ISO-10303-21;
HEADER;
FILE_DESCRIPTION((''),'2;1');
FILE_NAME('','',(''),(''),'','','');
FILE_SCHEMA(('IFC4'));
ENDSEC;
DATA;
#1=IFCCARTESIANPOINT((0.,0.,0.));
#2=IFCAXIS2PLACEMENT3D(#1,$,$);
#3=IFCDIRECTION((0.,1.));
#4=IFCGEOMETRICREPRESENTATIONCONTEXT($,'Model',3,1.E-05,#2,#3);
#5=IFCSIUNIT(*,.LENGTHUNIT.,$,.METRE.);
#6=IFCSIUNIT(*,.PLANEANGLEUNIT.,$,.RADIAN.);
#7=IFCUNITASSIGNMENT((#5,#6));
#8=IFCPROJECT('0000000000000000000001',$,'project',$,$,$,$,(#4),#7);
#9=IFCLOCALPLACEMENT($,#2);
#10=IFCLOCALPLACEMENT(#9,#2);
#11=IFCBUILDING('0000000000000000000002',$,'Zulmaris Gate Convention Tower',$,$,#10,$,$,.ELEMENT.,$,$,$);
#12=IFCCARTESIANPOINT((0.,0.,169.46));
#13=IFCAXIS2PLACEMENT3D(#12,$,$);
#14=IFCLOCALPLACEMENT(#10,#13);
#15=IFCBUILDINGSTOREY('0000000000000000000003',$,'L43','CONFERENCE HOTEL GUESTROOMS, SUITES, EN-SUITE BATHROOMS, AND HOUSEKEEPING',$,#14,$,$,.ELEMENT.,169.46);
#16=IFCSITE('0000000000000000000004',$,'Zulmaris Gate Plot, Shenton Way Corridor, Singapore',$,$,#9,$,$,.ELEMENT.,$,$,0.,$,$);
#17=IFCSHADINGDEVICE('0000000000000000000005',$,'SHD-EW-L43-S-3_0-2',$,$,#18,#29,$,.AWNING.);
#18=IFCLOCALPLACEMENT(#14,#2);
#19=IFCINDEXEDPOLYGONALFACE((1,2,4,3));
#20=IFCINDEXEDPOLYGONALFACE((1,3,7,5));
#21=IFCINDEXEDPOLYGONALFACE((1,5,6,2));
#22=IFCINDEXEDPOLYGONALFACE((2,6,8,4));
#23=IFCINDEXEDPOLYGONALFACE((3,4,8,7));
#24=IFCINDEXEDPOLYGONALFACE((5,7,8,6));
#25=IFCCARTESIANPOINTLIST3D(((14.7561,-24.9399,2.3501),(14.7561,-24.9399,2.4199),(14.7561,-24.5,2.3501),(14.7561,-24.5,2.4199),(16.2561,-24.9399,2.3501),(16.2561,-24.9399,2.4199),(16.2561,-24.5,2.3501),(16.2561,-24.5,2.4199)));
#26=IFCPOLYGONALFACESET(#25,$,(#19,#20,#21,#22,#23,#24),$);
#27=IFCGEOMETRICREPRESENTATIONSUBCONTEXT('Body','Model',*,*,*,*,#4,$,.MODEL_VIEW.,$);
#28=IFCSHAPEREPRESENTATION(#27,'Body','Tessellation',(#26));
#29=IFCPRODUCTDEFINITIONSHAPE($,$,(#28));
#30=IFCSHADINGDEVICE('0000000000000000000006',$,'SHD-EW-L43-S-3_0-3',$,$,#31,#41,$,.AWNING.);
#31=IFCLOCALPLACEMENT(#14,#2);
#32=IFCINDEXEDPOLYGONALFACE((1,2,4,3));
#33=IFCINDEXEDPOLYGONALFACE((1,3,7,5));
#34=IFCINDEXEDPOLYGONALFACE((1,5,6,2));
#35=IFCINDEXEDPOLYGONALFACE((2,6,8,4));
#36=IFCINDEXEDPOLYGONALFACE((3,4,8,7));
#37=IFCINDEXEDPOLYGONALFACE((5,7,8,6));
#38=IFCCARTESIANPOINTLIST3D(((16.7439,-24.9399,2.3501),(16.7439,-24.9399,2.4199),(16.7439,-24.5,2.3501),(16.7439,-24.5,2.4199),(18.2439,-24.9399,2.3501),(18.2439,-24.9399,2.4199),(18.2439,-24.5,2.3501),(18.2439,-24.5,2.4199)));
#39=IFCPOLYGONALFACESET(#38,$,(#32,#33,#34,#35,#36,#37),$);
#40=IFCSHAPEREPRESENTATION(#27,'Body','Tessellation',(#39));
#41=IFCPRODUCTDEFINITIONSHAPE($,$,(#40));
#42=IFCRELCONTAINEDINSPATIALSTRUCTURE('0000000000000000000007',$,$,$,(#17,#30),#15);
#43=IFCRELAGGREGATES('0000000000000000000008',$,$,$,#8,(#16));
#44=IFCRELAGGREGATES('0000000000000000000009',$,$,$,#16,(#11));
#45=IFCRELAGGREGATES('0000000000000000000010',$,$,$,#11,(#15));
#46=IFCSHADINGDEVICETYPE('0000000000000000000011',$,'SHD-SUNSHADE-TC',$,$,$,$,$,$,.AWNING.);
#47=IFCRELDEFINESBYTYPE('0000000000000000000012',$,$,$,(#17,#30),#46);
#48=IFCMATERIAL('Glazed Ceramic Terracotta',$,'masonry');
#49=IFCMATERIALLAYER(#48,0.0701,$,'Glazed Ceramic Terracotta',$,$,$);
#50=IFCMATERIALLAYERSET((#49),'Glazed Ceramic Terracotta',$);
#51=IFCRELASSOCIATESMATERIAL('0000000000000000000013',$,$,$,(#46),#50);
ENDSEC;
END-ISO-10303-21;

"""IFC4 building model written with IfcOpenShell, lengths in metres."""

from ifc_helpers import new_model, si_unit, direction, frame, frame_2d, origin, place, context, subcontext, project, spatial, rectangle, extrude, material, layer, layer_set, type_object, element, save


model = new_model("IFC4")

# Units and contexts
model_context = context("Model", 3, precision=1e-05, world=origin(), true_north=direction((0.0, 1.0)))
body_context = subcontext(model_context, "Body", "Model", "MODEL_VIEW")
ifc_project = project(units=[si_unit("LENGTHUNIT", "METRE"), si_unit("PLANEANGLEUNIT", "RADIAN")], contexts=[model_context])

# Site, building, storey
site_placement = place(None, origin())
site = spatial("IfcSite", under=ifc_project, at=site_placement, Name="Zulmaris Gate Plot, Shenton Way Corridor, Singapore", CompositionType="ELEMENT", RefElevation=0.0)
building_placement = place(site_placement, origin())
building = spatial("IfcBuilding", under=site, at=building_placement, Name="Zulmaris Gate Convention Tower", CompositionType="ELEMENT")
storey_placement = place(building_placement, frame((0.0, 0.0, 169.46)))
storey = spatial("IfcBuildingStorey", under=building, at=storey_placement, Name="L43", Description="CONFERENCE HOTEL GUESTROOMS, SUITES, EN-SUITE BATHROOMS, AND HOUSEKEEPING", CompositionType="ELEMENT", Elevation=169.46)

# Shading devices
ifc_material_1 = material(Name="Glazed Ceramic Terracotta", Category="masonry")
ifc_layer_1 = layer(ifc_material_1, 0.0701, Name="Glazed Ceramic Terracotta")
ifc_layer_set_1 = layer_set([ifc_layer_1], Name="Glazed Ceramic Terracotta")
shading_device_type = type_object("IfcShadingDeviceType", Name="SHD-SUNSHADE-TC", PredefinedType="AWNING", material=ifc_layer_set_1)
for number, where, z_axis, x_axis, name in (
    (1, (14.7561, -24.72, 2.3501), (0.0, 0.0, 1.0), (1.0, 0.0, 0.0), "SHD-EW-L43-S-3_0-2"),
    (2, (16.7439, -24.72, 2.3501), (0.0, 0.0, 1.0), (1.0, 0.0, 0.0), "SHD-EW-L43-S-3_0-3"),
):
    element("IfcShadingDevice", number, at=place(storey_placement, frame(where, z_axis=z_axis, x_axis=x_axis)), inside=storey, type_object=shading_device_type, Name=name, PredefinedType="AWNING", context=body_context, shape_type="SweptSolid", body=[
        extrude(rectangle(XDim=1.5, YDim=0.4399, at=frame_2d((0.75, 0.0))), origin(), (0.0, 0.0, 1.0), 0.0698),
    ])

save(model, "model.ifc")
